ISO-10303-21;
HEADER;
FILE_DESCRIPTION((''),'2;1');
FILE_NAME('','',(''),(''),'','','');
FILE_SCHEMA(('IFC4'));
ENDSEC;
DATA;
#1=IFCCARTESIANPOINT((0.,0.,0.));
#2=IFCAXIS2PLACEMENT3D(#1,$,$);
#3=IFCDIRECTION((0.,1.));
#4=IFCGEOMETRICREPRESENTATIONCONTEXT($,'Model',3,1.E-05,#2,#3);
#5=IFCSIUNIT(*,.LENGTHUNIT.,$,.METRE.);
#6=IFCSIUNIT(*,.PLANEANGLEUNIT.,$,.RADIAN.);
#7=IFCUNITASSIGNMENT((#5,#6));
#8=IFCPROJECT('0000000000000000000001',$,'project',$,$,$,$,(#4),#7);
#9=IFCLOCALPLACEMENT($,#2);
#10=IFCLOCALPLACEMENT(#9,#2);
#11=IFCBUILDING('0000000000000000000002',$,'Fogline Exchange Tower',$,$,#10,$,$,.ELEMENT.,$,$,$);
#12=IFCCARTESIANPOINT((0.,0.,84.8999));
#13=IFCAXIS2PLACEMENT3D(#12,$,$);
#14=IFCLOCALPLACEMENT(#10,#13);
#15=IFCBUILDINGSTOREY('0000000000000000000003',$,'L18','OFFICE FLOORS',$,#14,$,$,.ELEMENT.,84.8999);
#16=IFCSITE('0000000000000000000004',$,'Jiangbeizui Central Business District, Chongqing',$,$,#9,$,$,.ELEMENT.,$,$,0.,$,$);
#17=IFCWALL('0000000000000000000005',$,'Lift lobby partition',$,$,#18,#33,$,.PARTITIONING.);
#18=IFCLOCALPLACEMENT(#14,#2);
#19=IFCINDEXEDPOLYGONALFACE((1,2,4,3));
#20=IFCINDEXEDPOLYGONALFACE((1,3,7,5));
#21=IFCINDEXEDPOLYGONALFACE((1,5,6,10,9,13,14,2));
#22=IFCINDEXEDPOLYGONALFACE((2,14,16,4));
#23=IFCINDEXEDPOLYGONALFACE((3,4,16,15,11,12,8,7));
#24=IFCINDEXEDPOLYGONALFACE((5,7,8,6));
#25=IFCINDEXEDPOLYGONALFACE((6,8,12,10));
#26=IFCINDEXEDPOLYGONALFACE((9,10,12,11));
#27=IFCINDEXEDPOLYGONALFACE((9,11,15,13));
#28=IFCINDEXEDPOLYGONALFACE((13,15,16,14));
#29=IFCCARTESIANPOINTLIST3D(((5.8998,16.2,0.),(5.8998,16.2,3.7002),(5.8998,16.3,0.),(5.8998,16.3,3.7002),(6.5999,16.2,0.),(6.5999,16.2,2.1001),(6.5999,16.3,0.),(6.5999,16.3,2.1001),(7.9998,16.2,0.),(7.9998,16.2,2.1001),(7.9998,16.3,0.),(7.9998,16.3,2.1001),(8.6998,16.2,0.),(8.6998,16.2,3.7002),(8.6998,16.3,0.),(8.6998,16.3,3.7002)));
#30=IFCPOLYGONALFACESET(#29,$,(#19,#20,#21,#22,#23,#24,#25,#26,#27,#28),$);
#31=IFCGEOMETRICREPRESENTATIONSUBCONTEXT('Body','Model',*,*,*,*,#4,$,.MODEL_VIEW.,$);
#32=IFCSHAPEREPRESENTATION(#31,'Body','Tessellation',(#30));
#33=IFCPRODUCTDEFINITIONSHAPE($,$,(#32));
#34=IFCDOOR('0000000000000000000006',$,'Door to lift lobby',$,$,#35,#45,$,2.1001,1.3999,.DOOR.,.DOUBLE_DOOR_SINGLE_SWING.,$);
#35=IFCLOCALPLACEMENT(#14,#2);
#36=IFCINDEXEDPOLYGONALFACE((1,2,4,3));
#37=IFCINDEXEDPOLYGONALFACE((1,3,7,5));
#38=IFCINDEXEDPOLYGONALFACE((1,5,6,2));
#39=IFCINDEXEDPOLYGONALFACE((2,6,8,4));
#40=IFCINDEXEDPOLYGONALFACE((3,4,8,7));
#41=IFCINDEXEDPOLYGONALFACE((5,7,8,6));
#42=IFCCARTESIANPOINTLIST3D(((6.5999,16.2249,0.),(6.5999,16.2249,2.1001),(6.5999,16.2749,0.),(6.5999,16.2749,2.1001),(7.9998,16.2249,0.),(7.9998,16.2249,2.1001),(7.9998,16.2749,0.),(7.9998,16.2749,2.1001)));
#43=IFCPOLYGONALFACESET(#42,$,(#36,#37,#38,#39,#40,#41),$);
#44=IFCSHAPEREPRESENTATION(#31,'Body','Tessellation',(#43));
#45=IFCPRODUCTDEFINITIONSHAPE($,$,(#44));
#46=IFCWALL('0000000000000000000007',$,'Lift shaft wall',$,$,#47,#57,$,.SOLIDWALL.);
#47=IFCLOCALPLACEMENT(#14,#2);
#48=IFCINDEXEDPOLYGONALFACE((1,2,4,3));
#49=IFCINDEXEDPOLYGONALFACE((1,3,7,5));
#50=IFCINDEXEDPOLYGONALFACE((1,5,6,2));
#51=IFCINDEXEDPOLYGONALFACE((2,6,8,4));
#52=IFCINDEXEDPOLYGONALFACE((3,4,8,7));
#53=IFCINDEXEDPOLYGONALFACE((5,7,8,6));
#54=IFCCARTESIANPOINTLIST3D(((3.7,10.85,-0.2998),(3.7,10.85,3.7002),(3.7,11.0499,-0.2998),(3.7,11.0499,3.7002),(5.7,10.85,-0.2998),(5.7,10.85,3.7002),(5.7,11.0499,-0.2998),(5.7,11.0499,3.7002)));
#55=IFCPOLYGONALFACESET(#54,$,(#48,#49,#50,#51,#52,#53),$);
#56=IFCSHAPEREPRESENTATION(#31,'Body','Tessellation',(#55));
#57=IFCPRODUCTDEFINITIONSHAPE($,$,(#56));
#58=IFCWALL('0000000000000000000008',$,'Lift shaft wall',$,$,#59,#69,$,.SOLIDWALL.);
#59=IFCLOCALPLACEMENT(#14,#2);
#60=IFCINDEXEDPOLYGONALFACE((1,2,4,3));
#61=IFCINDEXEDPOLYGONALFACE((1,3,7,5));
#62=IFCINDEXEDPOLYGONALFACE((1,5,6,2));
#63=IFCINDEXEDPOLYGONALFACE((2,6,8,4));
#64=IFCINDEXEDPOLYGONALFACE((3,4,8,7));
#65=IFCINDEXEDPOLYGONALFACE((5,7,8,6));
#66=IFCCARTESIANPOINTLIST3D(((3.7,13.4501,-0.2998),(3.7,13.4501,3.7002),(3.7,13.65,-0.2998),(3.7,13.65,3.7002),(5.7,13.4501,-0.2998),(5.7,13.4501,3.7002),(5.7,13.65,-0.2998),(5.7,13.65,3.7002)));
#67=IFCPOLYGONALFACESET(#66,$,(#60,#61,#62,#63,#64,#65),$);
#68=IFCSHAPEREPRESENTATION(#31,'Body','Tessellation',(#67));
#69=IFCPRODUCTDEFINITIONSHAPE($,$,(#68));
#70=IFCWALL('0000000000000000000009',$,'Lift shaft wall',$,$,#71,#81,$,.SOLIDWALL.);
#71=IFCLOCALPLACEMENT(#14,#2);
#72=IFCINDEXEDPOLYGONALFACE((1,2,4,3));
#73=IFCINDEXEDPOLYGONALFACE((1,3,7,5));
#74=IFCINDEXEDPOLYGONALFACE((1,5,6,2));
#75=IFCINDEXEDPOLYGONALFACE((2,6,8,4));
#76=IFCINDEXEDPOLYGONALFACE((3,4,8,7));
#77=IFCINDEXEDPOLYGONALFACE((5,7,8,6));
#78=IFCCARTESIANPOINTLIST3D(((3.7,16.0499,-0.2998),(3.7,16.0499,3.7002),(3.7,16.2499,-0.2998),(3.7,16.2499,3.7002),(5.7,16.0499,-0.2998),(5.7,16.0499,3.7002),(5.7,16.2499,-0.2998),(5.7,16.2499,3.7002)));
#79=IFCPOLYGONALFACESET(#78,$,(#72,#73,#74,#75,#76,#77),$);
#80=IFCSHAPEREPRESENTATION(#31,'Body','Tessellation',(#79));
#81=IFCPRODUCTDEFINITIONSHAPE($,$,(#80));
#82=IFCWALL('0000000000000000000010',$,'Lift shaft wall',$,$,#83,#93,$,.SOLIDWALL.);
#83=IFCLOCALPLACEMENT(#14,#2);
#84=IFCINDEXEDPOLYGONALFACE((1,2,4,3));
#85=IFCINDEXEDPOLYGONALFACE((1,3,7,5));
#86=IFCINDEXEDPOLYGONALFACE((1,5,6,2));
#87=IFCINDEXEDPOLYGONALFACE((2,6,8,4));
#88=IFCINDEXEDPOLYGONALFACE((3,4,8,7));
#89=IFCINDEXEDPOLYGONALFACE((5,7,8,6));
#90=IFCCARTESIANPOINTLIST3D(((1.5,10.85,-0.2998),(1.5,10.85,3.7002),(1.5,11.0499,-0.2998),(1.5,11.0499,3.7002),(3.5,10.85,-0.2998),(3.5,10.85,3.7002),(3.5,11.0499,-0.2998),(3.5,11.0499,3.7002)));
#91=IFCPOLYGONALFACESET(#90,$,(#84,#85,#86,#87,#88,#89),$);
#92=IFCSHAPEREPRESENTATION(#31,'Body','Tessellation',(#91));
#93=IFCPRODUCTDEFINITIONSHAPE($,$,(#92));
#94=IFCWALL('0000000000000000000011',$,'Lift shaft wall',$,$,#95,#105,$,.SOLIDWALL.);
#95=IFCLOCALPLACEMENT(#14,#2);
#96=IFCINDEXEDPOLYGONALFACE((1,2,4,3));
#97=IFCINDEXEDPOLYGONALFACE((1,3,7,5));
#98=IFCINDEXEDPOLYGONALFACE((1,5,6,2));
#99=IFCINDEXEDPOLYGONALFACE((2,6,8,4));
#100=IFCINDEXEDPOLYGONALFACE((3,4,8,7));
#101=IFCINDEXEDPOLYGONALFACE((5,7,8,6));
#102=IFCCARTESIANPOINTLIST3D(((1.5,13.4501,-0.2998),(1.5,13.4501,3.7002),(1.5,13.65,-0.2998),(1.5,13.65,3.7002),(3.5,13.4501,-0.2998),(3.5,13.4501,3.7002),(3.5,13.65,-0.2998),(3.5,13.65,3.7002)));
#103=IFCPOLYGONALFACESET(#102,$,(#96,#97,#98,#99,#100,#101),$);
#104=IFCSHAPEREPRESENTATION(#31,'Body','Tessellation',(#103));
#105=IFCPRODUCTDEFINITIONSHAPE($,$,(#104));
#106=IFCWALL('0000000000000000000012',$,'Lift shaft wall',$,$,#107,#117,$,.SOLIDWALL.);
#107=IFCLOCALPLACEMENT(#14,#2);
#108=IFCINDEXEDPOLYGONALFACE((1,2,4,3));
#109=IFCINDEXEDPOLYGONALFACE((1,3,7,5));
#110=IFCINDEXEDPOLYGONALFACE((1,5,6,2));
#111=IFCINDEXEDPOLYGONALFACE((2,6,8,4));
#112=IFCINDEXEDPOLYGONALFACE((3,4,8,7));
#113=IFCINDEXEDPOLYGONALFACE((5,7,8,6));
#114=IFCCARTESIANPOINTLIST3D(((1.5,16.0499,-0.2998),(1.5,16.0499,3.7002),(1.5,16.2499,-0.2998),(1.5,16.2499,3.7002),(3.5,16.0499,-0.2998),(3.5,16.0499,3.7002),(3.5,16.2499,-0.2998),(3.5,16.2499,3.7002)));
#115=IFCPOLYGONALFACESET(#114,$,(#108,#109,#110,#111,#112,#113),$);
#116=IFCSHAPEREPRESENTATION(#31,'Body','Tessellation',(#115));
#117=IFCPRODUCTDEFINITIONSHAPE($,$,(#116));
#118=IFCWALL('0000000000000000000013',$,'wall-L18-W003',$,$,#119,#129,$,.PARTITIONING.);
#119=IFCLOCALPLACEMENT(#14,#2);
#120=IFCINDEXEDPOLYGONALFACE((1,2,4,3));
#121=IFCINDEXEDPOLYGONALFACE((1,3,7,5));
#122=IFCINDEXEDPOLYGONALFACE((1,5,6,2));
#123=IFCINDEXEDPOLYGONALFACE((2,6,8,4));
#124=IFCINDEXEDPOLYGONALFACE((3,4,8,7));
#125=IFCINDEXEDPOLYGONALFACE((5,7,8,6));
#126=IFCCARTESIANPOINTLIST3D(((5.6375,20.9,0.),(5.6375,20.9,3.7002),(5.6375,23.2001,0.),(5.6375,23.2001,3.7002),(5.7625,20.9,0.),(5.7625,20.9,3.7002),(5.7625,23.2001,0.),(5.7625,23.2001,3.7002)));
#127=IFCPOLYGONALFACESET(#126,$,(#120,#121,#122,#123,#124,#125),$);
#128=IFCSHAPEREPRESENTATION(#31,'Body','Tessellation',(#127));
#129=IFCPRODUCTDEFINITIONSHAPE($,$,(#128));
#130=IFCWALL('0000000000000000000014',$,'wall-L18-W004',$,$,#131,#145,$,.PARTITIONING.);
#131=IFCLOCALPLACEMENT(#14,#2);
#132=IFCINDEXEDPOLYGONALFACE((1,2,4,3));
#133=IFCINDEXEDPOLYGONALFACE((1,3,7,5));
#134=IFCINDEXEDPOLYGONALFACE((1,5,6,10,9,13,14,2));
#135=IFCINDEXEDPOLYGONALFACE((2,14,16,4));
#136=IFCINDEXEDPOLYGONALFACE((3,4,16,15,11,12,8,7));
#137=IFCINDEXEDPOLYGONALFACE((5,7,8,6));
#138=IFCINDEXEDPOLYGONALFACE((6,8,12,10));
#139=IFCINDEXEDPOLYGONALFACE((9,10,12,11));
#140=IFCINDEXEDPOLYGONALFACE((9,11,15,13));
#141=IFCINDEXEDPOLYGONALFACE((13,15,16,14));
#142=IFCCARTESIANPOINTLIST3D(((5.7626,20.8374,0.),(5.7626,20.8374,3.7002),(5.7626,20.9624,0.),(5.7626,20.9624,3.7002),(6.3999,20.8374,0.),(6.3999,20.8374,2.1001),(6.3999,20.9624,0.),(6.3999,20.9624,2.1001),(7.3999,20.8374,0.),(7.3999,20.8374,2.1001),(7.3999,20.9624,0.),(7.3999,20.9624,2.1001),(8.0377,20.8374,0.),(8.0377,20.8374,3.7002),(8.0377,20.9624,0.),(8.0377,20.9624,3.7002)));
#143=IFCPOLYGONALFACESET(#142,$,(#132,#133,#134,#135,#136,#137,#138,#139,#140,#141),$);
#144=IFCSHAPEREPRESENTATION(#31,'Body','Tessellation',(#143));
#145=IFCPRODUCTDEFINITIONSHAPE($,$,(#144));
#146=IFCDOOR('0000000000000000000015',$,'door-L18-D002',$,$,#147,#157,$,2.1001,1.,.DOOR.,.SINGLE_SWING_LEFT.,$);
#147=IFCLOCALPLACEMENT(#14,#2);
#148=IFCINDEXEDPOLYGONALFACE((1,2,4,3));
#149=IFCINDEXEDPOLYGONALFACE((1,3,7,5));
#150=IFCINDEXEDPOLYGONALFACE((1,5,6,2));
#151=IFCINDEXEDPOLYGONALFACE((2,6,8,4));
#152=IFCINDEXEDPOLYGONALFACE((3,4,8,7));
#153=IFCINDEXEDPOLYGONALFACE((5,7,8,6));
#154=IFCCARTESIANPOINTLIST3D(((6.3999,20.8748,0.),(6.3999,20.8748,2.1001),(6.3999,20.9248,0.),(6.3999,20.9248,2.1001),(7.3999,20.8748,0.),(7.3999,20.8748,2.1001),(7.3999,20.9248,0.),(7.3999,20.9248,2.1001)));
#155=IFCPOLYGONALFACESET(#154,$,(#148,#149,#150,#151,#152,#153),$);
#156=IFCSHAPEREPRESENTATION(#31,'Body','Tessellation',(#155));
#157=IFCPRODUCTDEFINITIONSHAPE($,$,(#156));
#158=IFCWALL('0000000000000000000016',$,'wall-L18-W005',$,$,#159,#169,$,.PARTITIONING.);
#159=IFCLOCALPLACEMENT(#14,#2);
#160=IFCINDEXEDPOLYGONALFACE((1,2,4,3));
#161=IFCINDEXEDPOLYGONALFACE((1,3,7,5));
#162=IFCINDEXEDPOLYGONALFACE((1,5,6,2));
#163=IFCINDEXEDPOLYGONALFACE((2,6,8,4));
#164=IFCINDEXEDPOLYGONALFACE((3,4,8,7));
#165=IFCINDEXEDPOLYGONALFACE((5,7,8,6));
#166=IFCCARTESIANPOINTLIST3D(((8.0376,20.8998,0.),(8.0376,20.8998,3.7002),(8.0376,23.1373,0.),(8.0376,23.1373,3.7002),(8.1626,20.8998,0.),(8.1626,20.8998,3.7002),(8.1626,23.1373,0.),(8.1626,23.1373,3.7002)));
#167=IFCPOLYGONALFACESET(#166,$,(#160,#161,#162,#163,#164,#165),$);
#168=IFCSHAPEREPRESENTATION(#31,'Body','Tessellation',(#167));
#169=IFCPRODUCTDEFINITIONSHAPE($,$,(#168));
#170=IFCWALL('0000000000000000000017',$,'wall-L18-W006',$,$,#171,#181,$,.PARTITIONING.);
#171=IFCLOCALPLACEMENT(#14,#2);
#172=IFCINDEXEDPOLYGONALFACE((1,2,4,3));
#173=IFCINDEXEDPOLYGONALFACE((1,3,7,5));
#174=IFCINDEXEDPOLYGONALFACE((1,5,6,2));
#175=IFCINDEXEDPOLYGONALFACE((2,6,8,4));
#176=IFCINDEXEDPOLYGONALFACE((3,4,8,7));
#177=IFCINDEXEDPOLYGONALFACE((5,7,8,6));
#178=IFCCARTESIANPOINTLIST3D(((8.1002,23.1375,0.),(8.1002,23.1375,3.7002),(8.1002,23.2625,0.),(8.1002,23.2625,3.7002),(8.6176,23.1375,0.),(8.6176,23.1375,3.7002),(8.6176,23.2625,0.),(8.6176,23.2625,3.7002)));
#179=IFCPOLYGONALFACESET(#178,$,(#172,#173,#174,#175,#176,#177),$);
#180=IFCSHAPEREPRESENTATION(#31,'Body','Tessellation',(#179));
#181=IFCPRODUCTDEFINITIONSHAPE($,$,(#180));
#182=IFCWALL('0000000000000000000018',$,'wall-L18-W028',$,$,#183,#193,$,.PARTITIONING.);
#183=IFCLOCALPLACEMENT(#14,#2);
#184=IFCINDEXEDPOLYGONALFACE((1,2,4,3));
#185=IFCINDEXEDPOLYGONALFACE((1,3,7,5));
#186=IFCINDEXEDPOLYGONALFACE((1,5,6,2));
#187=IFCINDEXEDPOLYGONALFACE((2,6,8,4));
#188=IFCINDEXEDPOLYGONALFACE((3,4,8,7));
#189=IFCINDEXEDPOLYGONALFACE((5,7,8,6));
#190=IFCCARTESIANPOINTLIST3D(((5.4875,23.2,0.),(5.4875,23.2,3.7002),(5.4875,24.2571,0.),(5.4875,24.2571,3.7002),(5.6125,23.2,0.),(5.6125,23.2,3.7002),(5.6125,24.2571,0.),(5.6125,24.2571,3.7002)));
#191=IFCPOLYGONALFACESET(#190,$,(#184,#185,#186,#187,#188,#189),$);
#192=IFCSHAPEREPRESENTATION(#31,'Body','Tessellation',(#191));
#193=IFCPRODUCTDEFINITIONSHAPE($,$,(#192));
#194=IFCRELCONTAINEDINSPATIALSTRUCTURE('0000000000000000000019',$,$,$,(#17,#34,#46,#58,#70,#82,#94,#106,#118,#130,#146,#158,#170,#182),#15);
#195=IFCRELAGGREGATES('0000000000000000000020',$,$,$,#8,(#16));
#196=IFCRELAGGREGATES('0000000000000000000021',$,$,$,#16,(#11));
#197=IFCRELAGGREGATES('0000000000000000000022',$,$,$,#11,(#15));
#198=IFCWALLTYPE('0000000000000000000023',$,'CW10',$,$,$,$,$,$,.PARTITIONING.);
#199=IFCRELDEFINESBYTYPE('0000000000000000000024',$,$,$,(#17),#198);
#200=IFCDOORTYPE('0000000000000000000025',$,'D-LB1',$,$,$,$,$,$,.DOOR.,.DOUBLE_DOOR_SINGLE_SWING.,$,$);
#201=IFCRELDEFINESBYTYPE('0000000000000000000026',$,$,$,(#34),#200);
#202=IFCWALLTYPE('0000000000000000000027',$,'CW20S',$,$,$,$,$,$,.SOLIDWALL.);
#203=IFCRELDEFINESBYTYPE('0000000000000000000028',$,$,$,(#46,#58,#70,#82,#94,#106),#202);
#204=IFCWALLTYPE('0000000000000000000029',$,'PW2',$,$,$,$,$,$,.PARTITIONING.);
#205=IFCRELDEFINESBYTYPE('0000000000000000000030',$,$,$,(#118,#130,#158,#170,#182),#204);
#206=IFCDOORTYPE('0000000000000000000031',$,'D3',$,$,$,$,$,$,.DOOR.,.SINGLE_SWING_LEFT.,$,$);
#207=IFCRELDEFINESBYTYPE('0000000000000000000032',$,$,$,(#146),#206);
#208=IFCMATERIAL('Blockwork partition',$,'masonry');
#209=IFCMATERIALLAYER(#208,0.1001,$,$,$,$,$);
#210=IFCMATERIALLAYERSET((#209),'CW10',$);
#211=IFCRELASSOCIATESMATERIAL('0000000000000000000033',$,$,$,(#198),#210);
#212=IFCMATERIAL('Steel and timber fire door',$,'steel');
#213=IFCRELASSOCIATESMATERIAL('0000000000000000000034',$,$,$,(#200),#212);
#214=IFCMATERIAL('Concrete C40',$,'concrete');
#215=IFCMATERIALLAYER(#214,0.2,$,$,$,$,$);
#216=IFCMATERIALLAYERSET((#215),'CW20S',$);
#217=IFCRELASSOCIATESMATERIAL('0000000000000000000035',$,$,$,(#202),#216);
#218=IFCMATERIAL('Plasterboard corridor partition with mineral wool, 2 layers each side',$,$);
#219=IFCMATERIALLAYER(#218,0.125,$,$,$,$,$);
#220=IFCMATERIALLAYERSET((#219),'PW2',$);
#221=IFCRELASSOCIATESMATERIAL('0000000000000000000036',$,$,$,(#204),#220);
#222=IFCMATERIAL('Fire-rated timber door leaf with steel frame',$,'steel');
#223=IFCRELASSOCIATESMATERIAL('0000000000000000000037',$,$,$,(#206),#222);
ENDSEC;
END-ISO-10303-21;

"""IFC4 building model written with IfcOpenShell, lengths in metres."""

from ifc_helpers import new_model, si_unit, direction, frame, frame_2d, origin, place, context, subcontext, project, spatial, rectangle, extrude, material, layer, layer_set, type_object, element, fill, save


model = new_model("IFC4")

# Units and contexts
model_context = context("Model", 3, precision=1e-05, world=origin(), true_north=direction((0.0, 1.0)))
body_context = subcontext(model_context, "Body", "Model", "MODEL_VIEW")
ifc_project = project(units=[si_unit("LENGTHUNIT", "METRE"), si_unit("PLANEANGLEUNIT", "RADIAN")], contexts=[model_context])

# Site, building, storey
site_placement = place(None, origin())
site = spatial("IfcSite", under=ifc_project, at=site_placement, Name="Jiangbeizui Central Business District, Chongqing", CompositionType="ELEMENT", RefElevation=0.0)
building_placement = place(site_placement, origin())
building = spatial("IfcBuilding", under=site, at=building_placement, Name="Fogline Exchange Tower", CompositionType="ELEMENT")
storey_placement = place(building_placement, frame((0.0, 0.0, 84.8999)))
storey = spatial("IfcBuildingStorey", under=building, at=storey_placement, Name="L18", Description="OFFICE FLOORS", CompositionType="ELEMENT", Elevation=84.8999)

# Wall, opening, door
ifc_material_1 = material(Name="Blockwork partition", Category="masonry")
ifc_layer_1 = layer(ifc_material_1, 0.1001)
ifc_layer_set_1 = layer_set([ifc_layer_1], Name="CW10")
wall_type_1 = type_object("IfcWallType", Name="CW10", PredefinedType="PARTITIONING", material=ifc_layer_set_1)
wall_1_placement = place(storey_placement, frame((5.8999, 16.25, 0.0), z_axis=(0.0, 0.0, 1.0), x_axis=(1.0, 0.0, 0.0)))
wall_1 = element("IfcWall", 1, at=wall_1_placement, inside=storey, type_object=wall_type_1, Name="Lift lobby partition", PredefinedType="PARTITIONING", context=body_context, shape_type="SweptSolid", body=[
    extrude(rectangle(XDim=2.8, YDim=0.1001, at=frame_2d((1.3999, 0.0))), origin(), (0.0, 0.0, 1.0), 3.7002),
])
opening_1_placement = place(wall_1_placement, frame((0.7, 0.0, 0.0)))
opening_1 = element("IfcOpeningElement", 2, at=opening_1_placement, cuts=wall_1, PredefinedType="OPENING", context=body_context, shape_type="SweptSolid", body=[
    extrude(rectangle(XDim=1.3999, YDim=2.1001, at=frame_2d((0.7, 1.05))), frame((0.0, 0.0601, 0.0), z_axis=(0.0, -1.0, 0.0), x_axis=(1.0, 0.0, 0.0)), (0.0, 0.0, 1.0), 0.1201),
])
ifc_material_2 = material(Name="Steel and timber fire door", Category="steel")
door_type_1 = type_object("IfcDoorType", Name="D-LB1", OperationType="DOUBLE_DOOR_SINGLE_SWING", PredefinedType="DOOR", material=ifc_material_2)
door_1_placement = place(opening_1_placement, origin())
door_1 = element("IfcDoor", 3, at=door_1_placement, inside=storey, type_object=door_type_1, Name="Door to lift lobby", OperationType="DOUBLE_DOOR_SINGLE_SWING", OverallHeight=2.1001, OverallWidth=1.3999, PredefinedType="DOOR", context=body_context, shape_type="SweptSolid", body=[
    extrude(rectangle(XDim=1.3999, YDim=2.1001, at=frame_2d((0.7, 1.05))), frame((0.0, 0.0249, 0.0), z_axis=(0.0, -1.0, 0.0), x_axis=(1.0, 0.0, 0.0)), (0.0, 0.0, 1.0), 0.05),
])
fill(opening_1, door_1)

# Walls
ifc_material_3 = material(Name="Concrete C40", Category="concrete")
ifc_layer_2 = layer(ifc_material_3, 0.2)
ifc_layer_set_2 = layer_set([ifc_layer_2], Name="CW20S")
wall_type_2 = type_object("IfcWallType", Name="CW20S", PredefinedType="SOLIDWALL", material=ifc_layer_set_2)
for number, where, z_axis, x_axis, name in (
    (4, (3.7, 10.95, -0.2998), (0.0, 0.0, 1.0), (1.0, 0.0, 0.0), "Lift shaft wall"),
    (5, (3.7, 13.55, -0.2998), (0.0, 0.0, 1.0), (1.0, 0.0, 0.0), "Lift shaft wall"),
    (6, (3.7, 16.1499, -0.2998), (0.0, 0.0, 1.0), (1.0, 0.0, 0.0), "Lift shaft wall"),
    (7, (1.5, 10.95, -0.2998), (0.0, 0.0, 1.0), (1.0, 0.0, 0.0), "Lift shaft wall"),
    (8, (1.5, 13.55, -0.2998), (0.0, 0.0, 1.0), (1.0, 0.0, 0.0), "Lift shaft wall"),
    (9, (1.5, 16.1499, -0.2998), (0.0, 0.0, 1.0), (1.0, 0.0, 0.0), "Lift shaft wall"),
):
    element("IfcWall", number, at=place(storey_placement, frame(where, z_axis=z_axis, x_axis=x_axis)), inside=storey, type_object=wall_type_2, Name=name, PredefinedType="SOLIDWALL", context=body_context, shape_type="SweptSolid", body=[
        extrude(rectangle(XDim=2.0, YDim=0.2, at=frame_2d((1.0, 0.0))), origin(), (0.0, 0.0, 1.0), 4.0),
    ])
ifc_material_4 = material(Name="Plasterboard corridor partition with mineral wool, 2 layers each side")
ifc_layer_3 = layer(ifc_material_4, 0.125)
ifc_layer_set_3 = layer_set([ifc_layer_3], Name="PW2")
wall_type_3 = type_object("IfcWallType", Name="PW2", PredefinedType="PARTITIONING", material=ifc_layer_set_3)
wall_2_placement = place(storey_placement, frame((5.7, 23.2, 0.0), z_axis=(0.0, 0.0, 1.0), x_axis=(0.0, -1.0, 0.0)))
element("IfcWall", 10, at=wall_2_placement, inside=storey, type_object=wall_type_3, Name="wall-L18-W003", PredefinedType="PARTITIONING", context=body_context, shape_type="SweptSolid", body=[
    extrude(rectangle(XDim=2.3, YDim=0.125, at=frame_2d((1.1499, 0.0))), origin(), (0.0, 0.0, 1.0), 3.7002),
])

# Wall, opening, door
wall_3_placement = place(storey_placement, frame((5.7625, 20.8999, 0.0), z_axis=(0.0, 0.0, 1.0), x_axis=(1.0, 0.0, 0.0)))
wall_3 = element("IfcWall", 11, at=wall_3_placement, inside=storey, type_object=wall_type_3, Name="wall-L18-W004", PredefinedType="PARTITIONING", context=body_context, shape_type="SweptSolid", body=[
    extrude(rectangle(XDim=2.2751, YDim=0.125, at=frame_2d((1.1377, 0.0))), origin(), (0.0, 0.0, 1.0), 3.7002),
])
opening_2_placement = place(wall_3_placement, frame((0.6375, 0.0, 0.0)))
opening_2 = element("IfcOpeningElement", 12, at=opening_2_placement, cuts=wall_3, PredefinedType="OPENING", context=body_context, shape_type="SweptSolid", body=[
    extrude(rectangle(XDim=1.0, YDim=2.1001, at=frame_2d((0.5, 1.05))), frame((0.0, 0.0725, 0.0), z_axis=(0.0, -1.0, 0.0), x_axis=(1.0, 0.0, 0.0)), (0.0, 0.0, 1.0), 0.145),
])
ifc_material_5 = material(Name="Fire-rated timber door leaf with steel frame", Category="steel")
door_type_2 = type_object("IfcDoorType", Name="D3", OperationType="SINGLE_SWING_LEFT", PredefinedType="DOOR", material=ifc_material_5)
door_2_placement = place(opening_2_placement, origin())
door_2 = element("IfcDoor", 13, at=door_2_placement, inside=storey, type_object=door_type_2, Name="door-L18-D002", OperationType="SINGLE_SWING_LEFT", OverallHeight=2.1001, OverallWidth=1.0, PredefinedType="DOOR", context=body_context, shape_type="SweptSolid", body=[
    extrude(rectangle(XDim=1.0, YDim=2.1001, at=frame_2d((0.5, 1.05))), frame((0.0, 0.0249, 0.0), z_axis=(0.0, -1.0, 0.0), x_axis=(1.0, 0.0, 0.0)), (0.0, 0.0, 1.0), 0.05),
])
fill(opening_2, door_2)

# Walls
wall_4_placement = place(storey_placement, frame((8.1001, 20.8999, 0.0), z_axis=(0.0, 0.0, 1.0), x_axis=(0.0, 1.0, 0.0)))
element("IfcWall", 14, at=wall_4_placement, inside=storey, type_object=wall_type_3, Name="wall-L18-W005", PredefinedType="PARTITIONING", context=body_context, shape_type="SweptSolid", body=[
    extrude(rectangle(XDim=2.2375, YDim=0.125, at=frame_2d((1.1187, 0.0))), origin(), (0.0, 0.0, 1.0), 3.7002),
])
wall_5_placement = place(storey_placement, frame((8.1001, 23.2, 0.0), z_axis=(0.0, 0.0, 1.0), x_axis=(1.0, 0.0, 0.0)))
element("IfcWall", 15, at=wall_5_placement, inside=storey, type_object=wall_type_3, Name="wall-L18-W006", PredefinedType="PARTITIONING", context=body_context, shape_type="SweptSolid", body=[
    extrude(rectangle(XDim=0.5173, YDim=0.125, at=frame_2d((0.2588, 0.0))), origin(), (0.0, 0.0, 1.0), 3.7002),
])
wall_6_placement = place(storey_placement, frame((5.55, 24.2571, 0.0), z_axis=(0.0, 0.0, 1.0), x_axis=(0.0, -1.0, 0.0)))
element("IfcWall", 16, at=wall_6_placement, inside=storey, type_object=wall_type_3, Name="wall-L18-W028", PredefinedType="PARTITIONING", context=body_context, shape_type="SweptSolid", body=[
    extrude(rectangle(XDim=1.0571, YDim=0.125, at=frame_2d((0.5286, 0.0))), origin(), (0.0, 0.0, 1.0), 3.7002),
])

save(model, "model.ifc")
